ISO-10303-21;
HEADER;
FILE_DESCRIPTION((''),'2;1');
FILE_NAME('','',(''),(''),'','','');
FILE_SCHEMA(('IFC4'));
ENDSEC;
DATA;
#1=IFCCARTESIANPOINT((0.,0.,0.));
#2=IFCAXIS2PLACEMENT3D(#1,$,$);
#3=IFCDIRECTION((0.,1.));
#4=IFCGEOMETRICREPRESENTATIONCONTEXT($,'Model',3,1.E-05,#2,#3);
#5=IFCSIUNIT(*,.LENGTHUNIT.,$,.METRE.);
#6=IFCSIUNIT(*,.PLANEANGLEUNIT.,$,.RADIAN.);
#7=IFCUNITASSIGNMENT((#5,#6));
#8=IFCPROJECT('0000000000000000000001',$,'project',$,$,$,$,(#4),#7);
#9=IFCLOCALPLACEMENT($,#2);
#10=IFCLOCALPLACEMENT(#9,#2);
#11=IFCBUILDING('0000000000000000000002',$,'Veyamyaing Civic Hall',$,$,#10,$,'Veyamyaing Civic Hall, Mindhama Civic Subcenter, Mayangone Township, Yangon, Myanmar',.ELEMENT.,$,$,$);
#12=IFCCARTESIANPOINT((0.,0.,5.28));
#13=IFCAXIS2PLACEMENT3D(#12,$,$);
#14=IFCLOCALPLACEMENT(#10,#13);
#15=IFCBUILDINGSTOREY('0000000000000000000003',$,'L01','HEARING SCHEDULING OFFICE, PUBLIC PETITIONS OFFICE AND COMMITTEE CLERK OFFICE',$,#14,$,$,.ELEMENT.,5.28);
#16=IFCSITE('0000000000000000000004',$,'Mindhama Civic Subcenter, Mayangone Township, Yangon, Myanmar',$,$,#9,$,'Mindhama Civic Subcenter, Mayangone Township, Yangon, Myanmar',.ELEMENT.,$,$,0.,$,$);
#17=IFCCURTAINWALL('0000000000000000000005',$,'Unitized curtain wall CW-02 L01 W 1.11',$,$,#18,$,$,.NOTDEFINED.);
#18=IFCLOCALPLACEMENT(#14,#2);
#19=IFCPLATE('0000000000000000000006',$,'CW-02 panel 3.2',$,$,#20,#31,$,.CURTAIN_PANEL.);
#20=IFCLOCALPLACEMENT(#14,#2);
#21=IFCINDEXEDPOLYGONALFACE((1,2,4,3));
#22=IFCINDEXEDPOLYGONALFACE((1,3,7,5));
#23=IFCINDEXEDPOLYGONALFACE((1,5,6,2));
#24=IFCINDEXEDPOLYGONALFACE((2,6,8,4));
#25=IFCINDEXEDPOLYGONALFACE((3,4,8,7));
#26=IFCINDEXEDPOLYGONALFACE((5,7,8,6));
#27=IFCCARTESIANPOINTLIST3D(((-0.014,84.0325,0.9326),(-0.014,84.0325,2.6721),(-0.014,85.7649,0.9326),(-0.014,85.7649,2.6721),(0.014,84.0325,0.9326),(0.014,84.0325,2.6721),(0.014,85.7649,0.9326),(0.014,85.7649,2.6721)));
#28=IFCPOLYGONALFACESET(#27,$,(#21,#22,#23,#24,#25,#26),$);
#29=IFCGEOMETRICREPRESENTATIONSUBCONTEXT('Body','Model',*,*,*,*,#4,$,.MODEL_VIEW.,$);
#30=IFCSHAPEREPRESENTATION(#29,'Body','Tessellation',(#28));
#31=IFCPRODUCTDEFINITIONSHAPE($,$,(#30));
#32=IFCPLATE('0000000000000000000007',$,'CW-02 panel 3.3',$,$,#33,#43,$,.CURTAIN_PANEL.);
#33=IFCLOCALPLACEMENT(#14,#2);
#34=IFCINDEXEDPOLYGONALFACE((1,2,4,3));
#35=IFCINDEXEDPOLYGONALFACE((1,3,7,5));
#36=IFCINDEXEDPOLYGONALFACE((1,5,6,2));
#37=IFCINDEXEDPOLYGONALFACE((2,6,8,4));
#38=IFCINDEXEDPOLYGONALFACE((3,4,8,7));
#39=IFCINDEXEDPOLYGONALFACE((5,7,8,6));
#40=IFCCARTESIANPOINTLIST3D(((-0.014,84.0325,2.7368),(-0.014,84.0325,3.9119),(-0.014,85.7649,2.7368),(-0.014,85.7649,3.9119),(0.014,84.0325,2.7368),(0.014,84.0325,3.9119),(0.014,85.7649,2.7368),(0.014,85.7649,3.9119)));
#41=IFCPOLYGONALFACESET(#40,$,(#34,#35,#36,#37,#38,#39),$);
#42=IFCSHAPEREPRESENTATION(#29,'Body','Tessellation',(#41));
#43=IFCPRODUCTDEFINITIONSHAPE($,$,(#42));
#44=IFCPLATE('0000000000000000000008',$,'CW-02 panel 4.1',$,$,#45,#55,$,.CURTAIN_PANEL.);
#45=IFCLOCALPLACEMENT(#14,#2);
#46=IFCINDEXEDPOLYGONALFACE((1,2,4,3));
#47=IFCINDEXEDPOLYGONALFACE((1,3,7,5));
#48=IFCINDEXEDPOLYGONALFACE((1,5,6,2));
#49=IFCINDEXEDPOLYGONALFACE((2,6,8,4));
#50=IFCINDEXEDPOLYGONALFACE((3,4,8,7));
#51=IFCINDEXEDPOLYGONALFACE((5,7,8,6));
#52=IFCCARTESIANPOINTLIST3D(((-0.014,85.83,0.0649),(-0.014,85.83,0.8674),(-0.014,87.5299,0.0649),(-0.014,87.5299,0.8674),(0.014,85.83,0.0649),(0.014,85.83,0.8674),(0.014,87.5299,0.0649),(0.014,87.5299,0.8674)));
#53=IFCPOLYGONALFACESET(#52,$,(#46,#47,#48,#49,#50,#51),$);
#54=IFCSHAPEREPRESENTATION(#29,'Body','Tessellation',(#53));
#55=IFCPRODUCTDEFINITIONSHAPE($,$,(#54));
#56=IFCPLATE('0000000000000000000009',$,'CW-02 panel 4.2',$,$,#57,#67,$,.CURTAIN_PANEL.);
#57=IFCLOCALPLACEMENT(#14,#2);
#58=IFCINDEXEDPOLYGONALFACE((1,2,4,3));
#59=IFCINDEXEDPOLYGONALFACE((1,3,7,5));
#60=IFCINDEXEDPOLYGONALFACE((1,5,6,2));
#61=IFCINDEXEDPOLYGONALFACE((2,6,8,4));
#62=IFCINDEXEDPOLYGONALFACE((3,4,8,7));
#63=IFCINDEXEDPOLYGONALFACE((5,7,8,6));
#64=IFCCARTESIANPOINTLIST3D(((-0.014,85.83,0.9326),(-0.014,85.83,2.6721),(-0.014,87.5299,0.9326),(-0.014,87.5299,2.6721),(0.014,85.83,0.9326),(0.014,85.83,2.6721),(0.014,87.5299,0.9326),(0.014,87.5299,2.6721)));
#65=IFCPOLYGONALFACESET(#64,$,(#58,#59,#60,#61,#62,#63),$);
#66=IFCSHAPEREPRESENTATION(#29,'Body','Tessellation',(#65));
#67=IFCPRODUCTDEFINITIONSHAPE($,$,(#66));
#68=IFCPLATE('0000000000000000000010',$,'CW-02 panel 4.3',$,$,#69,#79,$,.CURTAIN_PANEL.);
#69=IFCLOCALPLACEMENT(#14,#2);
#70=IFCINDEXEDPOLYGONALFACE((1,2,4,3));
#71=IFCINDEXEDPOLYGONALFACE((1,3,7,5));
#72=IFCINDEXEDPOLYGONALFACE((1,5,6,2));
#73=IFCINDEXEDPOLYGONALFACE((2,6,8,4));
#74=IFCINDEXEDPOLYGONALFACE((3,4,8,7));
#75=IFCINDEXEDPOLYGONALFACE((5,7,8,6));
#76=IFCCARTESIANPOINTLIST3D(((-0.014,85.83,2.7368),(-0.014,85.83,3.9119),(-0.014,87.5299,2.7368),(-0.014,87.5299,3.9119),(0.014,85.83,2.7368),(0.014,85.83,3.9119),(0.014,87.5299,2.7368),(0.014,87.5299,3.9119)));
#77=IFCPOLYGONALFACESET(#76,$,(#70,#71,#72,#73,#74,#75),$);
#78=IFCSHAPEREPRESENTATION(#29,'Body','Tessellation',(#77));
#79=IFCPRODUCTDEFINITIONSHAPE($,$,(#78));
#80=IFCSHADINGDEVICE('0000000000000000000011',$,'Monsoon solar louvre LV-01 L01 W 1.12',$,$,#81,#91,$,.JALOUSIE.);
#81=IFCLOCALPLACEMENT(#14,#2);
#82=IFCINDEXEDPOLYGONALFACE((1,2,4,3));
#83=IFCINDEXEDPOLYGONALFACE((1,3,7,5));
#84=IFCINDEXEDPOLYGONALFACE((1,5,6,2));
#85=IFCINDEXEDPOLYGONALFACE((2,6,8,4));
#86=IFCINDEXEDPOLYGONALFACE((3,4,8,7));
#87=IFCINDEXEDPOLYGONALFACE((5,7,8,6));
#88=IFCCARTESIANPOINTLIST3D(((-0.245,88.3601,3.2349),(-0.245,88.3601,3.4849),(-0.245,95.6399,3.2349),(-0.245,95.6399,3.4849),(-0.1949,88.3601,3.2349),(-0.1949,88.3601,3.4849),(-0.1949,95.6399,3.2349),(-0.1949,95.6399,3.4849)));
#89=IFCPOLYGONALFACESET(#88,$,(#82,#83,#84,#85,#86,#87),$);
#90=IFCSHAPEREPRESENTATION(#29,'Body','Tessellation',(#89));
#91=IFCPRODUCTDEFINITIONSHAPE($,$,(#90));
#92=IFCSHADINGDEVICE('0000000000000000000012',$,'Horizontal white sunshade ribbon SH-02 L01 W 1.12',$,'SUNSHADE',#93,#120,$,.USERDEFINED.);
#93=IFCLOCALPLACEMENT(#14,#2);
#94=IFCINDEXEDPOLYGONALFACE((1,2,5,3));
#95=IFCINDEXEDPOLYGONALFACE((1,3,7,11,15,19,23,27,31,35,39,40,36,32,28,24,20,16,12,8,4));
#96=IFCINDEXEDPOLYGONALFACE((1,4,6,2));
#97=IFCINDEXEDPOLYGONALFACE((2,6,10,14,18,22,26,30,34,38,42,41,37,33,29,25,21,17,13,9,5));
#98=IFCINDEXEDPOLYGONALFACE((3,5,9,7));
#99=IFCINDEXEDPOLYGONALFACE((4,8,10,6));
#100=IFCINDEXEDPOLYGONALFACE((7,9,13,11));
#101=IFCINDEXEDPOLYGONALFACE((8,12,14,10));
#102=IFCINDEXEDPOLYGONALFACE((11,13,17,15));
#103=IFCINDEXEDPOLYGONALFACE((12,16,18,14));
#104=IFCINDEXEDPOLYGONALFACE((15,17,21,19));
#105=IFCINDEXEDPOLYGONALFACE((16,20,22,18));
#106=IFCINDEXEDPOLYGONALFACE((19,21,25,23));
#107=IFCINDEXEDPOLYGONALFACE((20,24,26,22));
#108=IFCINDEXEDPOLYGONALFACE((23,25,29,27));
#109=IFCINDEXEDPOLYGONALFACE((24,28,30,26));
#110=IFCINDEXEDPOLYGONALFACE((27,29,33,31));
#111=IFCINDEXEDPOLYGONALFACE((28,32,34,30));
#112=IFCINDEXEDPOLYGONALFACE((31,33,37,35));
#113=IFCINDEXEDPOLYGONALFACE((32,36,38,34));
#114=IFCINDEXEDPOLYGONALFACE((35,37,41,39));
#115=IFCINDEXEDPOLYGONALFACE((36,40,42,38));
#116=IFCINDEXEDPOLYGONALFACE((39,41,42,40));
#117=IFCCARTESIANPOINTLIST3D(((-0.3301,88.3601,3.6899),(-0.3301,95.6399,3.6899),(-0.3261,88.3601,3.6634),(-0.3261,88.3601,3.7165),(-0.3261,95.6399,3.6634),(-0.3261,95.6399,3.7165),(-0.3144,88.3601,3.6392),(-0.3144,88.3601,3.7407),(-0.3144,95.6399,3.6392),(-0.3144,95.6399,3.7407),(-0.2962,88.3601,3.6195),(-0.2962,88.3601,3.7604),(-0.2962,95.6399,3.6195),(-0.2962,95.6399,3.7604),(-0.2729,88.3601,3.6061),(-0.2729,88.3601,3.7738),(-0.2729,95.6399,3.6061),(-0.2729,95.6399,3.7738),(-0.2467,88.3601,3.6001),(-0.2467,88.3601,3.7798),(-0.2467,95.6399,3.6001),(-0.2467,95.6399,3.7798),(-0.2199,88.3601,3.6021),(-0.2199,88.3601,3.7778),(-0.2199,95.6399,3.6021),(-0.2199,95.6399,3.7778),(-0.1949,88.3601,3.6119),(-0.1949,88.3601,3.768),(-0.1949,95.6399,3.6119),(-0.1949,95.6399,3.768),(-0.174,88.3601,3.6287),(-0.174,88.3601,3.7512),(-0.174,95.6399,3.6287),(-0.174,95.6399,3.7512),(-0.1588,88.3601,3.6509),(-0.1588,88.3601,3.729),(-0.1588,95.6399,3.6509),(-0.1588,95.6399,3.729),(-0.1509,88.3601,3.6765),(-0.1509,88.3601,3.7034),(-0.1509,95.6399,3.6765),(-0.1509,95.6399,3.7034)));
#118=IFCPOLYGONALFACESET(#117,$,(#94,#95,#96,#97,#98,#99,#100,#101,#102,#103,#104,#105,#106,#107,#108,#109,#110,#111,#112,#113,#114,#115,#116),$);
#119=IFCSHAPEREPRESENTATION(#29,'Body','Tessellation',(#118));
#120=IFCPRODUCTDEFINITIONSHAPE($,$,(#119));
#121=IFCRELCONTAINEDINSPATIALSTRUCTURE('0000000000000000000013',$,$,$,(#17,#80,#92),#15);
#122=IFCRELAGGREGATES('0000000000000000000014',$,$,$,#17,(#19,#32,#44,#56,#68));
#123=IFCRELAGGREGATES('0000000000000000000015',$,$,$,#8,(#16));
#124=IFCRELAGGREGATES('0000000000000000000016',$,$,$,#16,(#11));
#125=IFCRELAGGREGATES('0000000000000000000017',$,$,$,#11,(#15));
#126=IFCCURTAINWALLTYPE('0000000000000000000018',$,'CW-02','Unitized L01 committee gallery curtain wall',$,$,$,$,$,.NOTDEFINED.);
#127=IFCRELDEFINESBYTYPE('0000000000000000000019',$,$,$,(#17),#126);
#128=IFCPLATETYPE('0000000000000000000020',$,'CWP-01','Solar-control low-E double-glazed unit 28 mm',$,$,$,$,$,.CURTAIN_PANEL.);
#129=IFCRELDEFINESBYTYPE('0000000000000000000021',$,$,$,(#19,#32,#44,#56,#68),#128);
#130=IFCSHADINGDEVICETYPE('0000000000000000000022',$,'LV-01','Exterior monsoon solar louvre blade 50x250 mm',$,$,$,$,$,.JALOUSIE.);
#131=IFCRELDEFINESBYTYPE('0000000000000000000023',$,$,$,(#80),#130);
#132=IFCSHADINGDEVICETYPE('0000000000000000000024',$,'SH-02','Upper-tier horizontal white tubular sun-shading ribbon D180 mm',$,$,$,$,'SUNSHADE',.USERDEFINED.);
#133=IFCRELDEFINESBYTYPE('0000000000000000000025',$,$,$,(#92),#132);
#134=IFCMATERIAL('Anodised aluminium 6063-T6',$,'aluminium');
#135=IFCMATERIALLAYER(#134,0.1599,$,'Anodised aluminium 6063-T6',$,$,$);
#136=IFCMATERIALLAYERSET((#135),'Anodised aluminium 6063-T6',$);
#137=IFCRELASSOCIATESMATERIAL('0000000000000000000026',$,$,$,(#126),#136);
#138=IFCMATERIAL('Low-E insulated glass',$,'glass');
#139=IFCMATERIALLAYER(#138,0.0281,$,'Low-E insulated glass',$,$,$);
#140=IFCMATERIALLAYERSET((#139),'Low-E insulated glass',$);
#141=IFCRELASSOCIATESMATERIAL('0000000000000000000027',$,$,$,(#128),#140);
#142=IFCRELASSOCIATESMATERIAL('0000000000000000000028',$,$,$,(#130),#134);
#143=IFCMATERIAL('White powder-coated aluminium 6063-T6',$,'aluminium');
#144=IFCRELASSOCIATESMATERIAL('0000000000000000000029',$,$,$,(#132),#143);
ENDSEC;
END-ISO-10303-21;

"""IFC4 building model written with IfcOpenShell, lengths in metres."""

from ifc_helpers import new_model, si_unit, direction, frame, origin, origin_2d, place, context, subcontext, project, spatial, rectangle, circle, extrude, material, layer, layer_set, material_profile, profile_set, type_object, element, aggregate, save


model = new_model("IFC4")

# Units and contexts
model_context = context("Model", 3, precision=1e-05, world=origin(), true_north=direction((0.0, 1.0)))
body_context = subcontext(model_context, "Body", "Model", "MODEL_VIEW")
ifc_project = project(units=[si_unit("LENGTHUNIT", "METRE"), si_unit("PLANEANGLEUNIT", "RADIAN")], contexts=[model_context])

# Site, building, storey
site_placement = place(None, origin())
site = spatial("IfcSite", under=ifc_project, at=site_placement, Name="Mindhama Civic Subcenter, Mayangone Township, Yangon, Myanmar", LongName="Mindhama Civic Subcenter, Mayangone Township, Yangon, Myanmar", CompositionType="ELEMENT", RefElevation=0.0)
building_placement = place(site_placement, origin())
building = spatial("IfcBuilding", under=site, at=building_placement, Name="Veyamyaing Civic Hall", LongName="Veyamyaing Civic Hall, Mindhama Civic Subcenter, Mayangone Township, Yangon, Myanmar", CompositionType="ELEMENT")
storey_placement = place(building_placement, frame((0.0, 0.0, 5.28)))
storey = spatial("IfcBuildingStorey", under=building, at=storey_placement, Name="L01", Description="HEARING SCHEDULING OFFICE, PUBLIC PETITIONS OFFICE AND COMMITTEE CLERK OFFICE", CompositionType="ELEMENT", Elevation=5.28)

# Curtain wall, plates
ifc_material_1 = material(Name="Anodised aluminium 6063-T6", Category="aluminium")
ifc_layer_1 = layer(ifc_material_1, 0.1599, Name="Anodised aluminium 6063-T6")
ifc_layer_set_1 = layer_set([ifc_layer_1], Name="Anodised aluminium 6063-T6")
curtain_wall_type = type_object("IfcCurtainWallType", Name="CW-02", Description="Unitized L01 committee gallery curtain wall", PredefinedType="NOTDEFINED", material=ifc_layer_set_1)
curtain_wall_placement = place(storey_placement, origin())
curtain_wall = element("IfcCurtainWall", 1, at=curtain_wall_placement, inside=storey, type_object=curtain_wall_type, Name="Unitized curtain wall CW-02 L01 W 1.11", PredefinedType="NOTDEFINED")
ifc_material_2 = material(Name="Low-E insulated glass", Category="glass")
ifc_layer_2 = layer(ifc_material_2, 0.0281, Name="Low-E insulated glass")
ifc_layer_set_2 = layer_set([ifc_layer_2], Name="Low-E insulated glass")
plate_type = type_object("IfcPlateType", Name="CWP-01", Description="Solar-control low-E double-glazed unit 28 mm", PredefinedType="CURTAIN_PANEL", material=ifc_layer_set_2)
plate_1_placement = place(storey_placement, frame((0.0, 84.8987, 0.9326), z_axis=(0.0, 0.0, 1.0), x_axis=(0.0, 1.0, 0.0)))
plate_1 = element("IfcPlate", 2, at=plate_1_placement, type_object=plate_type, Name="CW-02 panel 3.2", PredefinedType="CURTAIN_PANEL", context=body_context, shape_type="SweptSolid", body=[
    extrude(rectangle(XDim=1.7324, YDim=0.0281, at=origin_2d()), origin(), (0.0, 0.0, 1.0), 1.7395),
])
plate_2_placement = place(storey_placement, frame((0.0, 84.8987, 2.7368), z_axis=(0.0, 0.0, 1.0), x_axis=(0.0, 1.0, 0.0)))
plate_2 = element("IfcPlate", 3, at=plate_2_placement, type_object=plate_type, Name="CW-02 panel 3.3", PredefinedType="CURTAIN_PANEL", context=body_context, shape_type="SweptSolid", body=[
    extrude(rectangle(XDim=1.7324, YDim=0.0281, at=origin_2d()), origin(), (0.0, 0.0, 1.0), 1.175),
])
plate_3_placement = place(storey_placement, frame((0.0, 86.6799, 0.0649), z_axis=(0.0, 0.0, 1.0), x_axis=(0.0, 1.0, 0.0)))
plate_3 = element("IfcPlate", 4, at=plate_3_placement, type_object=plate_type, Name="CW-02 panel 4.1", PredefinedType="CURTAIN_PANEL", context=body_context, shape_type="SweptSolid", body=[
    extrude(rectangle(XDim=1.7, YDim=0.0281, at=origin_2d()), origin(), (0.0, 0.0, 1.0), 0.8025),
])
plate_4_placement = place(storey_placement, frame((0.0, 86.6799, 0.9326), z_axis=(0.0, 0.0, 1.0), x_axis=(0.0, 1.0, 0.0)))
plate_4 = element("IfcPlate", 5, at=plate_4_placement, type_object=plate_type, Name="CW-02 panel 4.2", PredefinedType="CURTAIN_PANEL", context=body_context, shape_type="SweptSolid", body=[
    extrude(rectangle(XDim=1.7, YDim=0.0281, at=origin_2d()), origin(), (0.0, 0.0, 1.0), 1.7395),
])
plate_5_placement = place(storey_placement, frame((0.0, 86.6799, 2.7368), z_axis=(0.0, 0.0, 1.0), x_axis=(0.0, 1.0, 0.0)))
plate_5 = element("IfcPlate", 6, at=plate_5_placement, type_object=plate_type, Name="CW-02 panel 4.3", PredefinedType="CURTAIN_PANEL", context=body_context, shape_type="SweptSolid", body=[
    extrude(rectangle(XDim=1.7, YDim=0.0281, at=origin_2d()), origin(), (0.0, 0.0, 1.0), 1.175),
])
aggregate(curtain_wall, [plate_1, plate_2, plate_3, plate_4, plate_5])

# Shading devices
ifc_material_profile_1 = material_profile(ifc_material_1, rectangle(XDim=0.05, YDim=0.25, at=origin_2d()), Name="LOUVRE-BLADE-50X250")
ifc_profile_set_1 = profile_set([ifc_material_profile_1], Name="Anodised aluminium 6063-T6")
shading_device_type_1 = type_object("IfcShadingDeviceType", Name="LV-01", Description="Exterior monsoon solar louvre blade 50x250 mm", PredefinedType="JALOUSIE", material=ifc_profile_set_1)
shading_device_1_placement = place(storey_placement, frame((-0.22, 88.3601, 3.3599), z_axis=(0.0, 1.0, 0.0), x_axis=(-1.0, 0.0, 0.0)))
element("IfcShadingDevice", 7, at=shading_device_1_placement, inside=storey, type_object=shading_device_type_1, Name="Monsoon solar louvre LV-01 L01 W 1.12", PredefinedType="JALOUSIE", context=body_context, shape_type="SweptSolid", body=[
    extrude(rectangle(XDim=0.05, YDim=0.25, at=origin_2d()), origin(), (0.0, 0.0, 1.0), 7.2798),
])
ifc_material_3 = material(Name="White powder-coated aluminium 6063-T6", Category="aluminium")
ifc_material_profile_2 = material_profile(ifc_material_3, circle(Radius=0.0901, at=origin_2d()), Name="SHADE-TUBE-180")
ifc_profile_set_2 = profile_set([ifc_material_profile_2], Name="White powder-coated aluminium 6063-T6")
shading_device_type_2 = type_object("IfcShadingDeviceType", Name="SH-02", Description="Upper-tier horizontal white tubular sun-shading ribbon D180 mm", ElementType="SUNSHADE", PredefinedType="USERDEFINED", material=ifc_profile_set_2)
shading_device_2_placement = place(storey_placement, frame((-0.24, 88.3601, 3.6899), z_axis=(0.0, 1.0, 0.0), x_axis=(-1.0, 0.0, 0.0)))
element("IfcShadingDevice", 8, at=shading_device_2_placement, inside=storey, type_object=shading_device_type_2, Name="Horizontal white sunshade ribbon SH-02 L01 W 1.12", ObjectType="SUNSHADE", PredefinedType="USERDEFINED", context=body_context, shape_type="SweptSolid", body=[
    extrude(circle(Radius=0.0901, at=origin_2d()), origin(), (0.0, 0.0, 1.0), 7.2798),
])

save(model, "model.ifc")
